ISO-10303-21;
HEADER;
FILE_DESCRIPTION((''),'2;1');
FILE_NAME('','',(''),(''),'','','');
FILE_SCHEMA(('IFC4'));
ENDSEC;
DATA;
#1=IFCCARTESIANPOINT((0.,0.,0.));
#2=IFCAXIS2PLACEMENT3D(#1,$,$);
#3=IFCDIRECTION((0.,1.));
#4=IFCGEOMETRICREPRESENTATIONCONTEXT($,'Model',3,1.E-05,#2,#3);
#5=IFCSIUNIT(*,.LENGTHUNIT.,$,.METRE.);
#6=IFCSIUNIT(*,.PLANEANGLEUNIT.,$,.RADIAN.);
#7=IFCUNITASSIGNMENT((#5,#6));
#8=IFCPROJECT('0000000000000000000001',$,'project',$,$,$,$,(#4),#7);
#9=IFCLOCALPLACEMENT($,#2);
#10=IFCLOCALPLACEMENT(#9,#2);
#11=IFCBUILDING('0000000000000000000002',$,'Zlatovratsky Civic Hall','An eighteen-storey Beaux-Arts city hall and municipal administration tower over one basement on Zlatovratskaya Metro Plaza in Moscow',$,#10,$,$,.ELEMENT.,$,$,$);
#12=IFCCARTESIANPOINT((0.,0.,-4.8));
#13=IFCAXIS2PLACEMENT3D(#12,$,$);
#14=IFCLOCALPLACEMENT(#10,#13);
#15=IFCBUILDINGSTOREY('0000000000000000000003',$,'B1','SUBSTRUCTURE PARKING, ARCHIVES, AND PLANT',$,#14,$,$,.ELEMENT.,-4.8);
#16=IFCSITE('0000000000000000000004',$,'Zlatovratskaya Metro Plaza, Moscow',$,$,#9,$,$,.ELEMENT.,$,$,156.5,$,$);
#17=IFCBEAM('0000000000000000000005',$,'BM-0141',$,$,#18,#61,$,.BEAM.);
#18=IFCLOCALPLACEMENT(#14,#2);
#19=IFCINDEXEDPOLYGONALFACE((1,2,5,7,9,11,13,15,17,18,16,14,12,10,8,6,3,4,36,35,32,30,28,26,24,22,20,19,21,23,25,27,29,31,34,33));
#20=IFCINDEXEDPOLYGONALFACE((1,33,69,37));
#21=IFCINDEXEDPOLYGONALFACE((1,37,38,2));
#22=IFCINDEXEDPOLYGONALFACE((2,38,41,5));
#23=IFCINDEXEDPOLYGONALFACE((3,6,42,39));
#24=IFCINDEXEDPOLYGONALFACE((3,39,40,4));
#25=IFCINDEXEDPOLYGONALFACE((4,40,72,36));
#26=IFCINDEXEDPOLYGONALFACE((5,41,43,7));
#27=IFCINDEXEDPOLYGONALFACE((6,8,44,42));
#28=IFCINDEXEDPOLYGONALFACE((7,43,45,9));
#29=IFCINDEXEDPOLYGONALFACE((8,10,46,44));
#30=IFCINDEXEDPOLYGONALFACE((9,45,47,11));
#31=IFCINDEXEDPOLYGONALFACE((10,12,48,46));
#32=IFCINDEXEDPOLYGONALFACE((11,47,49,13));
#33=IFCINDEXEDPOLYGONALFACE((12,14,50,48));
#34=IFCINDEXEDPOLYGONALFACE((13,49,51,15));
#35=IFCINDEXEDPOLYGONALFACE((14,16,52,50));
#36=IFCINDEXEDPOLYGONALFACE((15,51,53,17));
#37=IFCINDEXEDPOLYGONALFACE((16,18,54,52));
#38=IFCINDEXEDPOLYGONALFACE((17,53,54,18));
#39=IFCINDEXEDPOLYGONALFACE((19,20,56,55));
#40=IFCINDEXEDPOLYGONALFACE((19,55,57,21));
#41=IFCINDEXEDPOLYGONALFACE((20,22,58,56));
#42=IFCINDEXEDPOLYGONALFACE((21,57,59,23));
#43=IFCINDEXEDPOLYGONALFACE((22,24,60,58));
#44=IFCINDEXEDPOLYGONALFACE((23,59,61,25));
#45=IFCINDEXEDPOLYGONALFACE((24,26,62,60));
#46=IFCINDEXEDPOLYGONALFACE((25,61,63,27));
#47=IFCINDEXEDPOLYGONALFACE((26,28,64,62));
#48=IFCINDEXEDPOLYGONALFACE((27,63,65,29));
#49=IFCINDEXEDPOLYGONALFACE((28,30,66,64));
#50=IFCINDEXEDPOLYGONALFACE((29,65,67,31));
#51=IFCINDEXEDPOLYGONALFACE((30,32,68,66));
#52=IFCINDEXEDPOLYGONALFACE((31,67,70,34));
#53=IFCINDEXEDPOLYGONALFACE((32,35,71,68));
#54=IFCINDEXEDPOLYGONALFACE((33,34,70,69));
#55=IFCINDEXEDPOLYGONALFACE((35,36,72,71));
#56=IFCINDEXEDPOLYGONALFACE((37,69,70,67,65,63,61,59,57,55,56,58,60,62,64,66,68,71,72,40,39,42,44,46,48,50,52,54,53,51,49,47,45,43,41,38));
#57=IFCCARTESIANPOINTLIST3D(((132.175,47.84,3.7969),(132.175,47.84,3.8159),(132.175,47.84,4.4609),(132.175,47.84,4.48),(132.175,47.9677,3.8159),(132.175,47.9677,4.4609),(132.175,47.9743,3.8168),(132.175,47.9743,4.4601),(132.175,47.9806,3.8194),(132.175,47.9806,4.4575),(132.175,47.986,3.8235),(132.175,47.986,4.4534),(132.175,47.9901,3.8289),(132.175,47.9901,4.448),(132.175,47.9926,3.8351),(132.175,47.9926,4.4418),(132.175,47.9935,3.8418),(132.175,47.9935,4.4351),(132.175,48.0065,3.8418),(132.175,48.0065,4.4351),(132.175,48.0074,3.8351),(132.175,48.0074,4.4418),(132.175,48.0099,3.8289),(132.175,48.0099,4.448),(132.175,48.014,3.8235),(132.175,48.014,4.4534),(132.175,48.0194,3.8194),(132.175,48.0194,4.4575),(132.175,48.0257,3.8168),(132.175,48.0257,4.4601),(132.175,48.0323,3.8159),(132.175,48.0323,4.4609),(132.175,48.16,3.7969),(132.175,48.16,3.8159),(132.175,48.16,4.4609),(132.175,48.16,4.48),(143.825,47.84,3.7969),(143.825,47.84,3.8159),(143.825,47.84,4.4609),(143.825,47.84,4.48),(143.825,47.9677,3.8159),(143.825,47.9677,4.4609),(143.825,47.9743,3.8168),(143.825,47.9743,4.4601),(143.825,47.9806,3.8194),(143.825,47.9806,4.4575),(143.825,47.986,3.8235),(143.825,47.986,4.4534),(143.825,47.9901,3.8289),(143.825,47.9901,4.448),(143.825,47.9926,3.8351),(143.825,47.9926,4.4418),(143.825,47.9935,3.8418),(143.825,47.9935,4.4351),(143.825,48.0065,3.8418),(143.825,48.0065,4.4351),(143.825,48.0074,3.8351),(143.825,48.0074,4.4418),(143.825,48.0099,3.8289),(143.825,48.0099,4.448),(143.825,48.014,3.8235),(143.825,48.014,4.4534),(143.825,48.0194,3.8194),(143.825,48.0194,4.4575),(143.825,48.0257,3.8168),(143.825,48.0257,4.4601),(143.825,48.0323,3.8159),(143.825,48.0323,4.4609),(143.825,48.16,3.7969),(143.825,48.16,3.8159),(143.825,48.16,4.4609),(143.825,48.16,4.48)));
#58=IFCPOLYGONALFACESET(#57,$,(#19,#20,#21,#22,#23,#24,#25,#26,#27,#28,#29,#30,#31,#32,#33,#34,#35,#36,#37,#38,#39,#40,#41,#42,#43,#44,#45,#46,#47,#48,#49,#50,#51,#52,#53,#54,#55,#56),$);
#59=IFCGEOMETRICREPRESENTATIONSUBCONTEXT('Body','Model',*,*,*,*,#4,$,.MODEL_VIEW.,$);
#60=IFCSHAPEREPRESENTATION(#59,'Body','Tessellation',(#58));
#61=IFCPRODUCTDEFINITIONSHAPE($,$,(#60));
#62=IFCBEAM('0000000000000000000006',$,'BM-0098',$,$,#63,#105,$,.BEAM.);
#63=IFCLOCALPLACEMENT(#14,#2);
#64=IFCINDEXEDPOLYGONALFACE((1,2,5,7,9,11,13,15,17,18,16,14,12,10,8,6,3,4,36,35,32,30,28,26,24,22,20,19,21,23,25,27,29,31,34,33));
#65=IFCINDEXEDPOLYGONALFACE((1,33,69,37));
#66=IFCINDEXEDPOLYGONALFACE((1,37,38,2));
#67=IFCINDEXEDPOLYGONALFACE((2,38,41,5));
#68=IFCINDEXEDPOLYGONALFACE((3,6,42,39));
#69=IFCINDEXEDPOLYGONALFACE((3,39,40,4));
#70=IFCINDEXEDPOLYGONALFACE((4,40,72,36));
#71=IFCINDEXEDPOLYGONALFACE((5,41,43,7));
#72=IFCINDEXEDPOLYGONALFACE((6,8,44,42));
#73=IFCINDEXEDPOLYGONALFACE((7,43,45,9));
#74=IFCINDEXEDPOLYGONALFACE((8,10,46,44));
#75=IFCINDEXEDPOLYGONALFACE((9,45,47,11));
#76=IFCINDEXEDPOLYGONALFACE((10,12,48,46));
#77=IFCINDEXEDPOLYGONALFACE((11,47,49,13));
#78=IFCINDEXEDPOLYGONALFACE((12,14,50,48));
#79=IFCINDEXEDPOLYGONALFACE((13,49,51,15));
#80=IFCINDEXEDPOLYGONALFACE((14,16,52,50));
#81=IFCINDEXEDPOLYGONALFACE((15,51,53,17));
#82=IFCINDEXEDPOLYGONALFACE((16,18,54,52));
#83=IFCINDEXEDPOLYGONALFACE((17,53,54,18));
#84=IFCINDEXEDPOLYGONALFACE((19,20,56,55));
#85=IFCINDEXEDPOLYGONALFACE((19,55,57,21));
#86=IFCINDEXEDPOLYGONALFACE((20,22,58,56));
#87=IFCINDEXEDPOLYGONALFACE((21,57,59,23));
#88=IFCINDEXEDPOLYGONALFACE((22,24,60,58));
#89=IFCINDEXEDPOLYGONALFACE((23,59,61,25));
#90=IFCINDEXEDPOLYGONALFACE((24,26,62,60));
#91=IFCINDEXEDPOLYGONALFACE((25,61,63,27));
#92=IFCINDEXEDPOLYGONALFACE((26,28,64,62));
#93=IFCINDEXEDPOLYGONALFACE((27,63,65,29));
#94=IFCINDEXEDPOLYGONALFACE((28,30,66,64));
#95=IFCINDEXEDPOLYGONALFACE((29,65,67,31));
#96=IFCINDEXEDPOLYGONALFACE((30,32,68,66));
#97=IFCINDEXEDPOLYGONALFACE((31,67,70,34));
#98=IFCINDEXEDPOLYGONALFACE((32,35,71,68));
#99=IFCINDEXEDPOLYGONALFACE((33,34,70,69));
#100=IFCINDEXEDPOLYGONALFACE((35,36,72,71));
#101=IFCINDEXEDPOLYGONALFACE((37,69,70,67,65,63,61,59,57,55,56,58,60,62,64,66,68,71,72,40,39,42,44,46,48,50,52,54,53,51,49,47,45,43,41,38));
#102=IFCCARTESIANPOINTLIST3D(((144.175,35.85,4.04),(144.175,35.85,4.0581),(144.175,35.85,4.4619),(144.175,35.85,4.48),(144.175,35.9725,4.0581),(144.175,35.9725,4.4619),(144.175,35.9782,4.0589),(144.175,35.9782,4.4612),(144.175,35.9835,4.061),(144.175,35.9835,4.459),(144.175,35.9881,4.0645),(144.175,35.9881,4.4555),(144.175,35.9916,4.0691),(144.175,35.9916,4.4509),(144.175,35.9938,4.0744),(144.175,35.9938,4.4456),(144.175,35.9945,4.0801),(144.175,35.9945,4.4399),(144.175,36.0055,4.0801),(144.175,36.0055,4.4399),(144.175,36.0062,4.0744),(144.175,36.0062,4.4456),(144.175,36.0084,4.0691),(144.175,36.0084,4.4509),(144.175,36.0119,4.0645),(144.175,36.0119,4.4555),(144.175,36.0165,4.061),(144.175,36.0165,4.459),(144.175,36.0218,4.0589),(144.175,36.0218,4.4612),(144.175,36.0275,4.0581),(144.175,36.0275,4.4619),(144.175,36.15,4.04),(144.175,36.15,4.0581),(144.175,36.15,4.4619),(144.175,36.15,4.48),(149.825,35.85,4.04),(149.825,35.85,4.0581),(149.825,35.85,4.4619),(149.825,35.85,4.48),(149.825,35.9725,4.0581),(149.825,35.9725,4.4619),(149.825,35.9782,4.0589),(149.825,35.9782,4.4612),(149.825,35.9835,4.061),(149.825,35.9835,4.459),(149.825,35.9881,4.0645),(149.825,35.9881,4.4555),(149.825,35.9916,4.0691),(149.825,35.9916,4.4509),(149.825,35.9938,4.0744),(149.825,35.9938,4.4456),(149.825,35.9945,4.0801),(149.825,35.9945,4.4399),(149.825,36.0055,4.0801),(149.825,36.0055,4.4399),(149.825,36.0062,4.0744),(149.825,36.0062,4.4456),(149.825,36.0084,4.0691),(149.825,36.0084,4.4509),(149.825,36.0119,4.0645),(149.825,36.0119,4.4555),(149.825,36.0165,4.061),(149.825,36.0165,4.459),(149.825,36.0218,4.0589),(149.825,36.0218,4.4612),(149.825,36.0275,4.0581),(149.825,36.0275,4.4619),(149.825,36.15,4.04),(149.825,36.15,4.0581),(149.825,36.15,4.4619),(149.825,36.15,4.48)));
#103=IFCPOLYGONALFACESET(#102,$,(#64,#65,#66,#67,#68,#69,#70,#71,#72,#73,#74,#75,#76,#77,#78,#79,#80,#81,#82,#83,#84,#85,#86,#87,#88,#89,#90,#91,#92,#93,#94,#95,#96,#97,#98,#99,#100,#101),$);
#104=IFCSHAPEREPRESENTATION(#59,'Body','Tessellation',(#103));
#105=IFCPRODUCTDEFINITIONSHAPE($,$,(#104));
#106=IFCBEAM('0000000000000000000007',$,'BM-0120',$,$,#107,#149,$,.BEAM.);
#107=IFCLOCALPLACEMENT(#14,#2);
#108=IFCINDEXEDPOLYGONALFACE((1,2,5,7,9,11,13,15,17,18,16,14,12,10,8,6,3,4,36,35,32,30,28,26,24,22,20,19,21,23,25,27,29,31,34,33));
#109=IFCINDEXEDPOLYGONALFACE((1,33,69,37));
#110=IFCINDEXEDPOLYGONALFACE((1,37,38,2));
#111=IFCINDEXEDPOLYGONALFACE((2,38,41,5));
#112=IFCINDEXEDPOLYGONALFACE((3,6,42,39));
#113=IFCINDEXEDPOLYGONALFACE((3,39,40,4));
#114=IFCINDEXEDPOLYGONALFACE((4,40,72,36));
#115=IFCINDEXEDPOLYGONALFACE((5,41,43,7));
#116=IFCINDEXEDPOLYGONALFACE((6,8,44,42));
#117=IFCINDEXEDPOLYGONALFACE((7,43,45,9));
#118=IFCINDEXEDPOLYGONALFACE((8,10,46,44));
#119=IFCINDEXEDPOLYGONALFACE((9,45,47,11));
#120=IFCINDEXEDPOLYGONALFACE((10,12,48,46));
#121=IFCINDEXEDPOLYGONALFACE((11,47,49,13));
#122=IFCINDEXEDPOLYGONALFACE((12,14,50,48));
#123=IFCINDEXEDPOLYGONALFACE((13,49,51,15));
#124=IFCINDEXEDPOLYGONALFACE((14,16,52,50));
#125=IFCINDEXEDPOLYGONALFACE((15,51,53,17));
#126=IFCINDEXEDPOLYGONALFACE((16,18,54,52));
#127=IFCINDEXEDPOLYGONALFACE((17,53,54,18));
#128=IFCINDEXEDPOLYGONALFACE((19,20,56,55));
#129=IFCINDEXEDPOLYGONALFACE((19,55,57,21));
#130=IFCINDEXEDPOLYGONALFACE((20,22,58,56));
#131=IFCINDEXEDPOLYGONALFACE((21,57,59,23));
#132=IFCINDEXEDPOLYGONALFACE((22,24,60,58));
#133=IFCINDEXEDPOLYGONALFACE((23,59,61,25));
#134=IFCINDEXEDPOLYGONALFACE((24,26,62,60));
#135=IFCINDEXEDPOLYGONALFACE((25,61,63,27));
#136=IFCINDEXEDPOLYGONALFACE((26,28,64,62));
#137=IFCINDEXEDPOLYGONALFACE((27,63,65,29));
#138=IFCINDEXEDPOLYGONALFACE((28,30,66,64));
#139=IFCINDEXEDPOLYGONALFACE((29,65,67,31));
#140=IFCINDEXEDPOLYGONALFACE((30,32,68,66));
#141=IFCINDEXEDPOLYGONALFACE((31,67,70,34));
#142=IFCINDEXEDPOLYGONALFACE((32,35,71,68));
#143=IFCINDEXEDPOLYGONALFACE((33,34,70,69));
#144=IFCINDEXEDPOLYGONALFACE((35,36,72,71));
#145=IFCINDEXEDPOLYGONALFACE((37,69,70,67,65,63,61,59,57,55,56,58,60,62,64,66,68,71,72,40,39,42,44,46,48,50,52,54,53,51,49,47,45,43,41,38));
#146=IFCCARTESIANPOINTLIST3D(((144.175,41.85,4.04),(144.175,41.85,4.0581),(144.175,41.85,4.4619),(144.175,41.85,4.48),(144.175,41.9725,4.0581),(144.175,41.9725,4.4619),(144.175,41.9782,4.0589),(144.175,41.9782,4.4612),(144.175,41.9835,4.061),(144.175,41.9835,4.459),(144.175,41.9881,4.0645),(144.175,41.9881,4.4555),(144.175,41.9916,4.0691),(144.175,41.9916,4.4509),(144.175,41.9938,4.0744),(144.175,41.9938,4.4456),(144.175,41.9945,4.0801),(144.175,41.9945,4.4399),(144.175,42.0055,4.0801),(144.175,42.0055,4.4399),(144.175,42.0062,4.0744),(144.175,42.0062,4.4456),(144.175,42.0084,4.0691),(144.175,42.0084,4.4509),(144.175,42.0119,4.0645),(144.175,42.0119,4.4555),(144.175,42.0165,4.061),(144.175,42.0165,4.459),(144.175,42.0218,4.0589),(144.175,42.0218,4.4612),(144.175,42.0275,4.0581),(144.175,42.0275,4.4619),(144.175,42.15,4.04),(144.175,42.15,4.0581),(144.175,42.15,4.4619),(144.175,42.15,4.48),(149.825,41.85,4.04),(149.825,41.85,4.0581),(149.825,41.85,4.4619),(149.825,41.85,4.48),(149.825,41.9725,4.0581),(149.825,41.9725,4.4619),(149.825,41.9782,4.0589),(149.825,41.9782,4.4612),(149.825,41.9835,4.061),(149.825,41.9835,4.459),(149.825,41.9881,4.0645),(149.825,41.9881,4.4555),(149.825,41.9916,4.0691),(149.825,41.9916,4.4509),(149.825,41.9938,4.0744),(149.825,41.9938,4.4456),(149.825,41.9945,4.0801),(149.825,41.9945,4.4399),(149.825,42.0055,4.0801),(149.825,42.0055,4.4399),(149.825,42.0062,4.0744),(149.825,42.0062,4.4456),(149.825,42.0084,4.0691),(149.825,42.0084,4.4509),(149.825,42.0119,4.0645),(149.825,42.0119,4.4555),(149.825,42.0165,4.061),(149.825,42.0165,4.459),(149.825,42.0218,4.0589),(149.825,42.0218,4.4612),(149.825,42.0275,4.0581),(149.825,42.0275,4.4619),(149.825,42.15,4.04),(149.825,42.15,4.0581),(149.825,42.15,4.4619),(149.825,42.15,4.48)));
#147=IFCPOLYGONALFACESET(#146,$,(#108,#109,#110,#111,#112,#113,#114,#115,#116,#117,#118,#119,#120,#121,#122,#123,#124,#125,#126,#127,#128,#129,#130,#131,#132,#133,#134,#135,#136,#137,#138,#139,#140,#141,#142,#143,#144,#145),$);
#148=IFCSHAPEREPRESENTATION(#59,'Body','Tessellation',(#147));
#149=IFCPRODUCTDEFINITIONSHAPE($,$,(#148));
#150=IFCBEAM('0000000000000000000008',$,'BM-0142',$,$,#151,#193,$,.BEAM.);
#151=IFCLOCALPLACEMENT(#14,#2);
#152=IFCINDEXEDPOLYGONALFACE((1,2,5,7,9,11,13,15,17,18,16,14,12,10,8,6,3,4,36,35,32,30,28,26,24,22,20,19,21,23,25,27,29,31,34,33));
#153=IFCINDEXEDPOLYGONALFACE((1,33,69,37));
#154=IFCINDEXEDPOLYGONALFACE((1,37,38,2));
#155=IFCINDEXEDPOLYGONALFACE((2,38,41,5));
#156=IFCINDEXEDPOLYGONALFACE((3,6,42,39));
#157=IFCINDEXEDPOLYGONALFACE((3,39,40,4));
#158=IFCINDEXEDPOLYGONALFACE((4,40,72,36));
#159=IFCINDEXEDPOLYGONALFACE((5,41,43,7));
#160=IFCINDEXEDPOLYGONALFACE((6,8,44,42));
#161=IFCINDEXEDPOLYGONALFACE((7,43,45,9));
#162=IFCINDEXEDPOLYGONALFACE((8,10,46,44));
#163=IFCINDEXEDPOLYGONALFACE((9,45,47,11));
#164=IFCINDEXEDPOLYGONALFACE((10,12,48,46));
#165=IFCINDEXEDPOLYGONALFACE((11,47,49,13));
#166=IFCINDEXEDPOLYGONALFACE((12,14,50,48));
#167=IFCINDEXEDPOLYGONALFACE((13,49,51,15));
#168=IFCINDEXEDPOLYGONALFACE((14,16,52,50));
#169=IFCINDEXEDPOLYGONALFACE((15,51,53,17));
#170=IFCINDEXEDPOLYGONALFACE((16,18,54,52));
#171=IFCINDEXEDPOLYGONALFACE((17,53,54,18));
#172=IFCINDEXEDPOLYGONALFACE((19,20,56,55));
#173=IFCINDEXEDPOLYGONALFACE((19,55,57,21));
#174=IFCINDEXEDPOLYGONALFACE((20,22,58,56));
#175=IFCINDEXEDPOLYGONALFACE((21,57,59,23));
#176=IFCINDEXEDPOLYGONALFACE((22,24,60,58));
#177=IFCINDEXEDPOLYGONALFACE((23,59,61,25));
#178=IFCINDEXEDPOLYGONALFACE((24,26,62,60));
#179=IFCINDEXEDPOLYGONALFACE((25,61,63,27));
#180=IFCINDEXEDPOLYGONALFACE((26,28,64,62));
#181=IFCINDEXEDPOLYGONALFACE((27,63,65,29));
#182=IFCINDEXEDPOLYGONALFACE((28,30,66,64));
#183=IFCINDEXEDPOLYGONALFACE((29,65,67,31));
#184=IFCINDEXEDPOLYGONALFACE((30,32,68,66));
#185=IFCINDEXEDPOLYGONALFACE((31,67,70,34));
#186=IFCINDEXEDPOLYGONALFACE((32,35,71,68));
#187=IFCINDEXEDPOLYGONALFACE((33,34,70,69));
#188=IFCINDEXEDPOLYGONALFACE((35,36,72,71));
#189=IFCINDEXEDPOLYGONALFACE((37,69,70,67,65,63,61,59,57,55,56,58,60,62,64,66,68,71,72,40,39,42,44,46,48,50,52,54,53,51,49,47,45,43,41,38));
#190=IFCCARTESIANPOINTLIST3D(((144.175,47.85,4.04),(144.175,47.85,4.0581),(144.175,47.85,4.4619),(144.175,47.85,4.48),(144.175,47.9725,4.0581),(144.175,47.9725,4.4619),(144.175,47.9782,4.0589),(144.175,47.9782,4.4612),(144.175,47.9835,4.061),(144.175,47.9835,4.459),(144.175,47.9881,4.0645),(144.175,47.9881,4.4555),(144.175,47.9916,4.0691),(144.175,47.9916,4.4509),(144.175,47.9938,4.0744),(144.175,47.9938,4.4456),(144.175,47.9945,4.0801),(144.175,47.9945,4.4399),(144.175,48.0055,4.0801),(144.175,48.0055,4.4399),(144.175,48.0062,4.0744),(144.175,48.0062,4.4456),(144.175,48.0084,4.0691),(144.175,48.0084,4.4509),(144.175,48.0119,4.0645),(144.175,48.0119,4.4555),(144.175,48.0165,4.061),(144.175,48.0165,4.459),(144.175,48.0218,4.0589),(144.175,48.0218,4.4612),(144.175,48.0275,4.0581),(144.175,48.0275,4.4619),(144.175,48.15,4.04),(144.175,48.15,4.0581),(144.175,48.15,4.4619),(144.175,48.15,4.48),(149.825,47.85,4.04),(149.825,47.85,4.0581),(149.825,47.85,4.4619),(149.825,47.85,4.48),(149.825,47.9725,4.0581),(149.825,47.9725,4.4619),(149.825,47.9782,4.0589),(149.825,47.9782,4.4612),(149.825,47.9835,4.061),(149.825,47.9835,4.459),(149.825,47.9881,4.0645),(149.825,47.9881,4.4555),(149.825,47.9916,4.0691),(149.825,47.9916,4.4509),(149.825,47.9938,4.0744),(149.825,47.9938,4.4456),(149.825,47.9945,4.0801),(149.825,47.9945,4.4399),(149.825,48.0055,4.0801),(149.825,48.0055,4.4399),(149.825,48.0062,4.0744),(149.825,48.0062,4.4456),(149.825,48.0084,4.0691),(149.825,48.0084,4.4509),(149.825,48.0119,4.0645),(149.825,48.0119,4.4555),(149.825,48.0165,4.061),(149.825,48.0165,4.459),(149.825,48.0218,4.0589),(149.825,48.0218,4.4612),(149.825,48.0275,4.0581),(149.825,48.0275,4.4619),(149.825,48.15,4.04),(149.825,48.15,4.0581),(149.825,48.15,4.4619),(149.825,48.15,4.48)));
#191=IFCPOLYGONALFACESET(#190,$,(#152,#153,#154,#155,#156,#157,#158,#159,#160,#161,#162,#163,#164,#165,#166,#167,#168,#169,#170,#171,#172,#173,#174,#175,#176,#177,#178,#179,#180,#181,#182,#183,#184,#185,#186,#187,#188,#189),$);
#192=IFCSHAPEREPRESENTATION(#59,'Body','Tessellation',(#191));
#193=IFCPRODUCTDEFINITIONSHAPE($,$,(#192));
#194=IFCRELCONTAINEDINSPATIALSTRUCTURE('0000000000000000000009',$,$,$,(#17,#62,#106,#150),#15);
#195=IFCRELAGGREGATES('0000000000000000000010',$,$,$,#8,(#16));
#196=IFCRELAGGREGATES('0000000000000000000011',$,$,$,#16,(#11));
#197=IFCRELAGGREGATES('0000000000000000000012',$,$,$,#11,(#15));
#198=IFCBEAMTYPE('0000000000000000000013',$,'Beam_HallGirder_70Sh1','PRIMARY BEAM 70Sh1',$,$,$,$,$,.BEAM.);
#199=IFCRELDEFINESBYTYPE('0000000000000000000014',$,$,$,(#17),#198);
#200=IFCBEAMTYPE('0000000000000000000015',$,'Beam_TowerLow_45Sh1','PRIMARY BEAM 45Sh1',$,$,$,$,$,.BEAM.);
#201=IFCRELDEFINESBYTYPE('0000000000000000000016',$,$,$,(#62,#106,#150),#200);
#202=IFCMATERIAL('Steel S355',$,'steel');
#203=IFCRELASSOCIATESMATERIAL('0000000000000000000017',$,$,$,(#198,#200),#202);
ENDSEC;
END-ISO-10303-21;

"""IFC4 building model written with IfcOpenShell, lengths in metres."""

from ifc_helpers import new_model, si_unit, direction, frame, origin, origin_2d, place, context, subcontext, project, spatial, i_section, extrude, material, material_profile, profile_set, type_object, element, save


model = new_model("IFC4")

# Units and contexts
model_context = context("Model", 3, precision=1e-05, world=origin(), true_north=direction((0.0, 1.0)))
body_context = subcontext(model_context, "Body", "Model", "MODEL_VIEW")
ifc_project = project(units=[si_unit("LENGTHUNIT", "METRE"), si_unit("PLANEANGLEUNIT", "RADIAN")], contexts=[model_context])

# Site, building, storey
site_placement = place(None, origin())
site = spatial("IfcSite", under=ifc_project, at=site_placement, Name="Zlatovratskaya Metro Plaza, Moscow", CompositionType="ELEMENT", RefElevation=156.5)
building_placement = place(site_placement, origin())
building = spatial("IfcBuilding", under=site, at=building_placement, Name="Zlatovratsky Civic Hall", Description="An eighteen-storey Beaux-Arts city hall and municipal administration tower over one basement on Zlatovratskaya Metro Plaza in Moscow", CompositionType="ELEMENT")
storey_placement = place(building_placement, frame((0.0, 0.0, -4.8)))
storey = spatial("IfcBuildingStorey", under=building, at=storey_placement, Name="B1", Description="SUBSTRUCTURE PARKING, ARCHIVES, AND PLANT", CompositionType="ELEMENT", Elevation=-4.8)

# Shared definitions
ifc_material_1 = material(Name="Steel S355", Category="steel")

# Beams
ifc_material_profile_1 = material_profile(ifc_material_1, i_section(OverallWidth=0.3201, OverallDepth=0.6831, WebThickness=0.0129, FlangeThickness=0.019, FilletRadius=0.0259, at=origin_2d()), Name="70Sh1")
ifc_profile_set_1 = profile_set([ifc_material_profile_1], Name="Steel S355")
beam_type_1 = type_object("IfcBeamType", Name="Beam_HallGirder_70Sh1", Description="PRIMARY BEAM 70Sh1", PredefinedType="BEAM", material=ifc_profile_set_1)
for number, where, z_axis, x_axis, name in (
    (1, (132.175, 48.0, 4.1384), (1.0, 0.0, 0.0), (0.0, 1.0, 0.0), "BM-0141"),
):
    element("IfcBeam", number, at=place(storey_placement, frame(where, z_axis=z_axis, x_axis=x_axis)), inside=storey, type_object=beam_type_1, Name=name, PredefinedType="BEAM", context=body_context, shape_type="SweptSolid", body=[
        extrude(i_section(OverallWidth=0.3201, OverallDepth=0.6831, WebThickness=0.0129, FlangeThickness=0.019, FilletRadius=0.0259, at=origin_2d()), origin(), (0.0, 0.0, 1.0), 11.6499),
    ])
ifc_material_profile_2 = material_profile(ifc_material_1, i_section(OverallWidth=0.3, OverallDepth=0.4399, WebThickness=0.011, FlangeThickness=0.0181, FilletRadius=0.022, at=origin_2d()), Name="45Sh1")
ifc_profile_set_2 = profile_set([ifc_material_profile_2], Name="Steel S355")
beam_type_2 = type_object("IfcBeamType", Name="Beam_TowerLow_45Sh1", Description="PRIMARY BEAM 45Sh1", PredefinedType="BEAM", material=ifc_profile_set_2)
for number, where, z_axis, x_axis, name in (
    (2, (144.175, 36.0, 4.26), (1.0, 0.0, 0.0), (0.0, 1.0, 0.0), "BM-0098"),
    (3, (144.175, 42.0, 4.26), (1.0, 0.0, 0.0), (0.0, 1.0, 0.0), "BM-0120"),
    (4, (144.175, 48.0, 4.26), (1.0, 0.0, 0.0), (0.0, 1.0, 0.0), "BM-0142"),
):
    element("IfcBeam", number, at=place(storey_placement, frame(where, z_axis=z_axis, x_axis=x_axis)), inside=storey, type_object=beam_type_2, Name=name, PredefinedType="BEAM", context=body_context, shape_type="SweptSolid", body=[
        extrude(i_section(OverallWidth=0.3, OverallDepth=0.4399, WebThickness=0.011, FlangeThickness=0.0181, FilletRadius=0.022, at=origin_2d()), origin(), (0.0, 0.0, 1.0), 5.6499),
    ])

save(model, "model.ifc")
